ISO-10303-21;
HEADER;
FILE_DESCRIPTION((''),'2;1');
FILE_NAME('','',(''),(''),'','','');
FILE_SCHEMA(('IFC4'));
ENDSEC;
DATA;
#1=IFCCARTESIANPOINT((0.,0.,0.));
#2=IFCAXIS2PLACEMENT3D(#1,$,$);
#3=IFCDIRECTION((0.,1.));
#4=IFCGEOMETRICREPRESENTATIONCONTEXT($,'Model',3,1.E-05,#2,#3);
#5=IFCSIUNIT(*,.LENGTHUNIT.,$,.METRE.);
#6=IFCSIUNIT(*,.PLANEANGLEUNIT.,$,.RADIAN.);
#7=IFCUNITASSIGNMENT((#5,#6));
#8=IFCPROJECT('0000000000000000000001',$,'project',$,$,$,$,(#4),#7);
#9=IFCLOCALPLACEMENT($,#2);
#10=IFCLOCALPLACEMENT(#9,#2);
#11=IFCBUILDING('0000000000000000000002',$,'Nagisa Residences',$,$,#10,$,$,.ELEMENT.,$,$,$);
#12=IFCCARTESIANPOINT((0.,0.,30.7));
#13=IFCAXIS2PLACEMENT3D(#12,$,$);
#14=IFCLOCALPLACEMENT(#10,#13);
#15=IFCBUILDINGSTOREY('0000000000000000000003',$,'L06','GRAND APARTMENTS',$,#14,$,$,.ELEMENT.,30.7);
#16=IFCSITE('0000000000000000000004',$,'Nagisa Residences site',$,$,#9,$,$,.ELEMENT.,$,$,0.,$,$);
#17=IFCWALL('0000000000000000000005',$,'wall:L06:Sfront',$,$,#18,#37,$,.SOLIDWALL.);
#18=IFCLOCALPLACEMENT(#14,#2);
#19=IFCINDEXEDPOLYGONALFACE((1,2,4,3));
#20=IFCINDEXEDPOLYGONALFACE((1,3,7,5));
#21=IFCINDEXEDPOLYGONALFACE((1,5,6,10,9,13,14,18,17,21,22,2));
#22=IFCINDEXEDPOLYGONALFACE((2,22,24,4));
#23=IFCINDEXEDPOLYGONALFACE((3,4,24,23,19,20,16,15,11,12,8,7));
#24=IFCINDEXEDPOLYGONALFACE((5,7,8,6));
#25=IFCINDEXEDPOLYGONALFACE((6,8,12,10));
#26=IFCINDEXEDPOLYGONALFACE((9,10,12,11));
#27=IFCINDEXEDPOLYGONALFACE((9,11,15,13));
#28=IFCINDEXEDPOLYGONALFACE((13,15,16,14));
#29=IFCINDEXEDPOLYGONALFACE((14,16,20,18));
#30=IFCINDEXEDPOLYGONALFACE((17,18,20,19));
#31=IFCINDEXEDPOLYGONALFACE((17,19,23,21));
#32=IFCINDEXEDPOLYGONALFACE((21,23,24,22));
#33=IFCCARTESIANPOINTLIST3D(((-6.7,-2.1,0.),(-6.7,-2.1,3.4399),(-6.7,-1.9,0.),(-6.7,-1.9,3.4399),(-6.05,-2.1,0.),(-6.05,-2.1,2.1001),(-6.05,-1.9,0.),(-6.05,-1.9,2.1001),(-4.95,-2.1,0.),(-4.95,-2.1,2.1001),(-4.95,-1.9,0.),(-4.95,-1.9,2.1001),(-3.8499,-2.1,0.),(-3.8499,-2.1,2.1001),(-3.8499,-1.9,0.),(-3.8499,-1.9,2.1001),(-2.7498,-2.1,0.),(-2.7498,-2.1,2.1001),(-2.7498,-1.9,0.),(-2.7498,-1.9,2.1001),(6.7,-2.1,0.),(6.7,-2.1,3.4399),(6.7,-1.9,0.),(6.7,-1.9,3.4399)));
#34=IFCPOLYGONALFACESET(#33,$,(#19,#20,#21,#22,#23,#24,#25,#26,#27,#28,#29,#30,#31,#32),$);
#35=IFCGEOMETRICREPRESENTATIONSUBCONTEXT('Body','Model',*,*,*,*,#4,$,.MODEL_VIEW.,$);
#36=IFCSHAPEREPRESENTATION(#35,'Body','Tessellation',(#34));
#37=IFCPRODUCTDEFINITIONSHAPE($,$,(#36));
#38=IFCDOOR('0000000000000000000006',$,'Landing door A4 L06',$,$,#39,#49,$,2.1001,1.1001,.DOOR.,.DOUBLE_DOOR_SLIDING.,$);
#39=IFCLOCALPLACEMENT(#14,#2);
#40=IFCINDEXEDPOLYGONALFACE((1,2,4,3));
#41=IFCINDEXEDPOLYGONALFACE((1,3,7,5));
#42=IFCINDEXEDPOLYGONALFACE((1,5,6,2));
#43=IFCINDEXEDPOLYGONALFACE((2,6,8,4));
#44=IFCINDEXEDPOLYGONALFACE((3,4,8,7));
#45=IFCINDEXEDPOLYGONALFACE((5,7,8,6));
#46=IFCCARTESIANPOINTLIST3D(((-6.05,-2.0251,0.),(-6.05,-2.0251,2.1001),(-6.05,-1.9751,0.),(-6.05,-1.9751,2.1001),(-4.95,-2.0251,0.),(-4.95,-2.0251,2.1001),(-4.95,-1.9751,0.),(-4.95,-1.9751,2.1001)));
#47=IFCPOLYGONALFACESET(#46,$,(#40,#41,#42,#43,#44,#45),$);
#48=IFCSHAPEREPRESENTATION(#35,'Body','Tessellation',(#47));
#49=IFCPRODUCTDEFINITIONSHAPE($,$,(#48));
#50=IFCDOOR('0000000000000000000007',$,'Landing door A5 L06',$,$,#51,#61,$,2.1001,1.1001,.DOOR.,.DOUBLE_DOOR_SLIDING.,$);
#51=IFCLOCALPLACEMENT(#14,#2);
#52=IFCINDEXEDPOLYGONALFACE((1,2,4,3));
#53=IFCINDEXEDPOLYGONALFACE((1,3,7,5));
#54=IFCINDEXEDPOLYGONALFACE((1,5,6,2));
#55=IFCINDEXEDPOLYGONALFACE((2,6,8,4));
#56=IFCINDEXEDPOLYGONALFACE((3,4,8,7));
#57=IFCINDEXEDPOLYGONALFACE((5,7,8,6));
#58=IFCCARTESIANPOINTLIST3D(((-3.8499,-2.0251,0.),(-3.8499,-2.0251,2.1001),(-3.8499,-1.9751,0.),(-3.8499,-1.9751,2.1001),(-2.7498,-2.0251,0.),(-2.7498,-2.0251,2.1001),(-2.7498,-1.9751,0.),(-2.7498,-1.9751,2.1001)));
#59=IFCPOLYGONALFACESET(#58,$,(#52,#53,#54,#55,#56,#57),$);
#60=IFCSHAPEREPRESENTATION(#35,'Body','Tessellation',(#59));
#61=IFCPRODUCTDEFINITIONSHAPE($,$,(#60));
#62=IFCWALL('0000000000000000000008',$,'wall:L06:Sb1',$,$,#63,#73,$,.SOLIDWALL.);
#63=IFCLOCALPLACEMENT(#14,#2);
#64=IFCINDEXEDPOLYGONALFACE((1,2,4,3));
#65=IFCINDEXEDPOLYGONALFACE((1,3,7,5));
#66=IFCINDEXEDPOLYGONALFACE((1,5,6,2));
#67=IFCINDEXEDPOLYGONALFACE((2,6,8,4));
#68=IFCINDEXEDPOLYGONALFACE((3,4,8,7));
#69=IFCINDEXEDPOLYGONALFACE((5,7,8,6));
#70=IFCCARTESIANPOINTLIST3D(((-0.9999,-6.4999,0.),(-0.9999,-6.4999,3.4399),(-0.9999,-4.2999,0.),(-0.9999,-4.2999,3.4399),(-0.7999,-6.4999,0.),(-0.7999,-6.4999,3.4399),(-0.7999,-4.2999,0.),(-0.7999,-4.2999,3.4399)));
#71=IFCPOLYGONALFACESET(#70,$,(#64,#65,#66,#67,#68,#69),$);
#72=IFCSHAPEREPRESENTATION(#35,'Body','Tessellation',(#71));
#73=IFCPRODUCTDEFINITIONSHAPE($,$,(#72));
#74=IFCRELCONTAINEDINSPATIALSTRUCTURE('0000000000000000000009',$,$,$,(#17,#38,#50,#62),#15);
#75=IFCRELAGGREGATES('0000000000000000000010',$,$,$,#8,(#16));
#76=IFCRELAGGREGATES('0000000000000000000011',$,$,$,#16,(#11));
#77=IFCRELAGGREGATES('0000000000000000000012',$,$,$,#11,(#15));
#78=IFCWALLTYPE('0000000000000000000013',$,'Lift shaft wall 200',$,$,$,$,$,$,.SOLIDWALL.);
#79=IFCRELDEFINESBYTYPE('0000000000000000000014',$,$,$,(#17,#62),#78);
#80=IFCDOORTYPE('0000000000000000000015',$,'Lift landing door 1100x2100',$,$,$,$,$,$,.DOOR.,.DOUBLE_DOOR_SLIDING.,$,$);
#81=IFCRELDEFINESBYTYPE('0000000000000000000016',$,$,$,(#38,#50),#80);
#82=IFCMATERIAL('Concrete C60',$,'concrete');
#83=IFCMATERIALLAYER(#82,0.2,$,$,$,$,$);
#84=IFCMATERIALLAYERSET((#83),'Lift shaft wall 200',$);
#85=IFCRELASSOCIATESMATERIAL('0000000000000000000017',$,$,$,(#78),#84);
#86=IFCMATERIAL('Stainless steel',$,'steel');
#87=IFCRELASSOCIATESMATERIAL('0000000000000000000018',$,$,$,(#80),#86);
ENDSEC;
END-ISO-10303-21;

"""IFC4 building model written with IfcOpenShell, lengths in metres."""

from ifc_helpers import new_model, si_unit, direction, frame, frame_2d, origin, place, context, subcontext, project, spatial, rectangle, extrude, material, layer, layer_set, type_object, element, fill, save


model = new_model("IFC4")

# Units and contexts
model_context = context("Model", 3, precision=1e-05, world=origin(), true_north=direction((0.0, 1.0)))
body_context = subcontext(model_context, "Body", "Model", "MODEL_VIEW")
ifc_project = project(units=[si_unit("LENGTHUNIT", "METRE"), si_unit("PLANEANGLEUNIT", "RADIAN")], contexts=[model_context])

# Site, building, storey
site_placement = place(None, origin())
site = spatial("IfcSite", under=ifc_project, at=site_placement, Name="Nagisa Residences site", CompositionType="ELEMENT", RefElevation=0.0)
building_placement = place(site_placement, origin())
building = spatial("IfcBuilding", under=site, at=building_placement, Name="Nagisa Residences", CompositionType="ELEMENT")
storey_placement = place(building_placement, frame((0.0, 0.0, 30.7)))
storey = spatial("IfcBuildingStorey", under=building, at=storey_placement, Name="L06", Description="GRAND APARTMENTS", CompositionType="ELEMENT", Elevation=30.7)

# Shared definitions
ifc_material_1 = material(Name="Concrete C60", Category="concrete")
ifc_layer_1 = layer(ifc_material_1, 0.2)
ifc_layer_set_1 = layer_set([ifc_layer_1], Name="Lift shaft wall 200")
wall_type_1 = type_object("IfcWallType", Name="Lift shaft wall 200", PredefinedType="SOLIDWALL", material=ifc_layer_set_1)

# Wall, openings, doors
wall_1_placement = place(storey_placement, frame((-6.7, -2.0, 0.0), z_axis=(0.0, 0.0, 1.0), x_axis=(1.0, 0.0, 0.0)))
wall_1 = element("IfcWall", 1, at=wall_1_placement, inside=storey, type_object=wall_type_1, Name="wall:L06:Sfront", PredefinedType="SOLIDWALL", context=body_context, shape_type="SweptSolid", body=[
    extrude(rectangle(XDim=13.3999, YDim=0.2, at=frame_2d((6.7, 0.0))), origin(), (0.0, 0.0, 1.0), 3.4399),
])
opening_1_placement = place(wall_1_placement, frame((0.6499, 0.0, 0.0)))
opening_1 = element("IfcOpeningElement", 2, at=opening_1_placement, cuts=wall_1, PredefinedType="OPENING", context=body_context, shape_type="SweptSolid", body=[
    extrude(rectangle(XDim=1.1001, YDim=2.1001, at=frame_2d((0.55, 1.05))), frame((0.0, 0.1099, 0.0), z_axis=(0.0, -1.0, 0.0), x_axis=(1.0, 0.0, 0.0)), (0.0, 0.0, 1.0), 0.22),
])
opening_2_placement = place(wall_1_placement, frame((2.8501, 0.0, 0.0)))
opening_2 = element("IfcOpeningElement", 3, at=opening_2_placement, cuts=wall_1, PredefinedType="OPENING", context=body_context, shape_type="SweptSolid", body=[
    extrude(rectangle(XDim=1.1001, YDim=2.1001, at=frame_2d((0.55, 1.05))), frame((0.0, 0.1099, 0.0), z_axis=(0.0, -1.0, 0.0), x_axis=(1.0, 0.0, 0.0)), (0.0, 0.0, 1.0), 0.22),
])
ifc_material_2 = material(Name="Stainless steel", Category="steel")
door_type_1 = type_object("IfcDoorType", Name="Lift landing door 1100x2100", OperationType="DOUBLE_DOOR_SLIDING", PredefinedType="DOOR", material=ifc_material_2)
door_1_placement = place(opening_1_placement, origin())
door_1 = element("IfcDoor", 4, at=door_1_placement, inside=storey, type_object=door_type_1, Name="Landing door A4 L06", OperationType="DOUBLE_DOOR_SLIDING", OverallHeight=2.1001, OverallWidth=1.1001, PredefinedType="DOOR", context=body_context, shape_type="SweptSolid", body=[
    extrude(rectangle(XDim=1.1001, YDim=2.1001, at=frame_2d((0.55, 1.05))), frame((0.0, 0.0249, 0.0), z_axis=(0.0, -1.0, 0.0), x_axis=(1.0, 0.0, 0.0)), (0.0, 0.0, 1.0), 0.05),
])
fill(opening_1, door_1)
door_2_placement = place(opening_2_placement, origin())
door_2 = element("IfcDoor", 5, at=door_2_placement, inside=storey, type_object=door_type_1, Name="Landing door A5 L06", OperationType="DOUBLE_DOOR_SLIDING", OverallHeight=2.1001, OverallWidth=1.1001, PredefinedType="DOOR", context=body_context, shape_type="SweptSolid", body=[
    extrude(rectangle(XDim=1.1001, YDim=2.1001, at=frame_2d((0.55, 1.05))), frame((0.0, 0.0249, 0.0), z_axis=(0.0, -1.0, 0.0), x_axis=(1.0, 0.0, 0.0)), (0.0, 0.0, 1.0), 0.05),
])
fill(opening_2, door_2)

# Wall
wall_2_placement = place(storey_placement, frame((-0.8999, -6.5, 0.0), z_axis=(0.0, 0.0, 1.0), x_axis=(0.0, 1.0, 0.0)))
element("IfcWall", 6, at=wall_2_placement, inside=storey, type_object=wall_type_1, Name="wall:L06:Sb1", PredefinedType="SOLIDWALL", context=body_context, shape_type="SweptSolid", body=[
    extrude(rectangle(XDim=2.2, YDim=0.2, at=frame_2d((1.1001, 0.0))), origin(), (0.0, 0.0, 1.0), 3.4399),
])

save(model, "model.ifc")
